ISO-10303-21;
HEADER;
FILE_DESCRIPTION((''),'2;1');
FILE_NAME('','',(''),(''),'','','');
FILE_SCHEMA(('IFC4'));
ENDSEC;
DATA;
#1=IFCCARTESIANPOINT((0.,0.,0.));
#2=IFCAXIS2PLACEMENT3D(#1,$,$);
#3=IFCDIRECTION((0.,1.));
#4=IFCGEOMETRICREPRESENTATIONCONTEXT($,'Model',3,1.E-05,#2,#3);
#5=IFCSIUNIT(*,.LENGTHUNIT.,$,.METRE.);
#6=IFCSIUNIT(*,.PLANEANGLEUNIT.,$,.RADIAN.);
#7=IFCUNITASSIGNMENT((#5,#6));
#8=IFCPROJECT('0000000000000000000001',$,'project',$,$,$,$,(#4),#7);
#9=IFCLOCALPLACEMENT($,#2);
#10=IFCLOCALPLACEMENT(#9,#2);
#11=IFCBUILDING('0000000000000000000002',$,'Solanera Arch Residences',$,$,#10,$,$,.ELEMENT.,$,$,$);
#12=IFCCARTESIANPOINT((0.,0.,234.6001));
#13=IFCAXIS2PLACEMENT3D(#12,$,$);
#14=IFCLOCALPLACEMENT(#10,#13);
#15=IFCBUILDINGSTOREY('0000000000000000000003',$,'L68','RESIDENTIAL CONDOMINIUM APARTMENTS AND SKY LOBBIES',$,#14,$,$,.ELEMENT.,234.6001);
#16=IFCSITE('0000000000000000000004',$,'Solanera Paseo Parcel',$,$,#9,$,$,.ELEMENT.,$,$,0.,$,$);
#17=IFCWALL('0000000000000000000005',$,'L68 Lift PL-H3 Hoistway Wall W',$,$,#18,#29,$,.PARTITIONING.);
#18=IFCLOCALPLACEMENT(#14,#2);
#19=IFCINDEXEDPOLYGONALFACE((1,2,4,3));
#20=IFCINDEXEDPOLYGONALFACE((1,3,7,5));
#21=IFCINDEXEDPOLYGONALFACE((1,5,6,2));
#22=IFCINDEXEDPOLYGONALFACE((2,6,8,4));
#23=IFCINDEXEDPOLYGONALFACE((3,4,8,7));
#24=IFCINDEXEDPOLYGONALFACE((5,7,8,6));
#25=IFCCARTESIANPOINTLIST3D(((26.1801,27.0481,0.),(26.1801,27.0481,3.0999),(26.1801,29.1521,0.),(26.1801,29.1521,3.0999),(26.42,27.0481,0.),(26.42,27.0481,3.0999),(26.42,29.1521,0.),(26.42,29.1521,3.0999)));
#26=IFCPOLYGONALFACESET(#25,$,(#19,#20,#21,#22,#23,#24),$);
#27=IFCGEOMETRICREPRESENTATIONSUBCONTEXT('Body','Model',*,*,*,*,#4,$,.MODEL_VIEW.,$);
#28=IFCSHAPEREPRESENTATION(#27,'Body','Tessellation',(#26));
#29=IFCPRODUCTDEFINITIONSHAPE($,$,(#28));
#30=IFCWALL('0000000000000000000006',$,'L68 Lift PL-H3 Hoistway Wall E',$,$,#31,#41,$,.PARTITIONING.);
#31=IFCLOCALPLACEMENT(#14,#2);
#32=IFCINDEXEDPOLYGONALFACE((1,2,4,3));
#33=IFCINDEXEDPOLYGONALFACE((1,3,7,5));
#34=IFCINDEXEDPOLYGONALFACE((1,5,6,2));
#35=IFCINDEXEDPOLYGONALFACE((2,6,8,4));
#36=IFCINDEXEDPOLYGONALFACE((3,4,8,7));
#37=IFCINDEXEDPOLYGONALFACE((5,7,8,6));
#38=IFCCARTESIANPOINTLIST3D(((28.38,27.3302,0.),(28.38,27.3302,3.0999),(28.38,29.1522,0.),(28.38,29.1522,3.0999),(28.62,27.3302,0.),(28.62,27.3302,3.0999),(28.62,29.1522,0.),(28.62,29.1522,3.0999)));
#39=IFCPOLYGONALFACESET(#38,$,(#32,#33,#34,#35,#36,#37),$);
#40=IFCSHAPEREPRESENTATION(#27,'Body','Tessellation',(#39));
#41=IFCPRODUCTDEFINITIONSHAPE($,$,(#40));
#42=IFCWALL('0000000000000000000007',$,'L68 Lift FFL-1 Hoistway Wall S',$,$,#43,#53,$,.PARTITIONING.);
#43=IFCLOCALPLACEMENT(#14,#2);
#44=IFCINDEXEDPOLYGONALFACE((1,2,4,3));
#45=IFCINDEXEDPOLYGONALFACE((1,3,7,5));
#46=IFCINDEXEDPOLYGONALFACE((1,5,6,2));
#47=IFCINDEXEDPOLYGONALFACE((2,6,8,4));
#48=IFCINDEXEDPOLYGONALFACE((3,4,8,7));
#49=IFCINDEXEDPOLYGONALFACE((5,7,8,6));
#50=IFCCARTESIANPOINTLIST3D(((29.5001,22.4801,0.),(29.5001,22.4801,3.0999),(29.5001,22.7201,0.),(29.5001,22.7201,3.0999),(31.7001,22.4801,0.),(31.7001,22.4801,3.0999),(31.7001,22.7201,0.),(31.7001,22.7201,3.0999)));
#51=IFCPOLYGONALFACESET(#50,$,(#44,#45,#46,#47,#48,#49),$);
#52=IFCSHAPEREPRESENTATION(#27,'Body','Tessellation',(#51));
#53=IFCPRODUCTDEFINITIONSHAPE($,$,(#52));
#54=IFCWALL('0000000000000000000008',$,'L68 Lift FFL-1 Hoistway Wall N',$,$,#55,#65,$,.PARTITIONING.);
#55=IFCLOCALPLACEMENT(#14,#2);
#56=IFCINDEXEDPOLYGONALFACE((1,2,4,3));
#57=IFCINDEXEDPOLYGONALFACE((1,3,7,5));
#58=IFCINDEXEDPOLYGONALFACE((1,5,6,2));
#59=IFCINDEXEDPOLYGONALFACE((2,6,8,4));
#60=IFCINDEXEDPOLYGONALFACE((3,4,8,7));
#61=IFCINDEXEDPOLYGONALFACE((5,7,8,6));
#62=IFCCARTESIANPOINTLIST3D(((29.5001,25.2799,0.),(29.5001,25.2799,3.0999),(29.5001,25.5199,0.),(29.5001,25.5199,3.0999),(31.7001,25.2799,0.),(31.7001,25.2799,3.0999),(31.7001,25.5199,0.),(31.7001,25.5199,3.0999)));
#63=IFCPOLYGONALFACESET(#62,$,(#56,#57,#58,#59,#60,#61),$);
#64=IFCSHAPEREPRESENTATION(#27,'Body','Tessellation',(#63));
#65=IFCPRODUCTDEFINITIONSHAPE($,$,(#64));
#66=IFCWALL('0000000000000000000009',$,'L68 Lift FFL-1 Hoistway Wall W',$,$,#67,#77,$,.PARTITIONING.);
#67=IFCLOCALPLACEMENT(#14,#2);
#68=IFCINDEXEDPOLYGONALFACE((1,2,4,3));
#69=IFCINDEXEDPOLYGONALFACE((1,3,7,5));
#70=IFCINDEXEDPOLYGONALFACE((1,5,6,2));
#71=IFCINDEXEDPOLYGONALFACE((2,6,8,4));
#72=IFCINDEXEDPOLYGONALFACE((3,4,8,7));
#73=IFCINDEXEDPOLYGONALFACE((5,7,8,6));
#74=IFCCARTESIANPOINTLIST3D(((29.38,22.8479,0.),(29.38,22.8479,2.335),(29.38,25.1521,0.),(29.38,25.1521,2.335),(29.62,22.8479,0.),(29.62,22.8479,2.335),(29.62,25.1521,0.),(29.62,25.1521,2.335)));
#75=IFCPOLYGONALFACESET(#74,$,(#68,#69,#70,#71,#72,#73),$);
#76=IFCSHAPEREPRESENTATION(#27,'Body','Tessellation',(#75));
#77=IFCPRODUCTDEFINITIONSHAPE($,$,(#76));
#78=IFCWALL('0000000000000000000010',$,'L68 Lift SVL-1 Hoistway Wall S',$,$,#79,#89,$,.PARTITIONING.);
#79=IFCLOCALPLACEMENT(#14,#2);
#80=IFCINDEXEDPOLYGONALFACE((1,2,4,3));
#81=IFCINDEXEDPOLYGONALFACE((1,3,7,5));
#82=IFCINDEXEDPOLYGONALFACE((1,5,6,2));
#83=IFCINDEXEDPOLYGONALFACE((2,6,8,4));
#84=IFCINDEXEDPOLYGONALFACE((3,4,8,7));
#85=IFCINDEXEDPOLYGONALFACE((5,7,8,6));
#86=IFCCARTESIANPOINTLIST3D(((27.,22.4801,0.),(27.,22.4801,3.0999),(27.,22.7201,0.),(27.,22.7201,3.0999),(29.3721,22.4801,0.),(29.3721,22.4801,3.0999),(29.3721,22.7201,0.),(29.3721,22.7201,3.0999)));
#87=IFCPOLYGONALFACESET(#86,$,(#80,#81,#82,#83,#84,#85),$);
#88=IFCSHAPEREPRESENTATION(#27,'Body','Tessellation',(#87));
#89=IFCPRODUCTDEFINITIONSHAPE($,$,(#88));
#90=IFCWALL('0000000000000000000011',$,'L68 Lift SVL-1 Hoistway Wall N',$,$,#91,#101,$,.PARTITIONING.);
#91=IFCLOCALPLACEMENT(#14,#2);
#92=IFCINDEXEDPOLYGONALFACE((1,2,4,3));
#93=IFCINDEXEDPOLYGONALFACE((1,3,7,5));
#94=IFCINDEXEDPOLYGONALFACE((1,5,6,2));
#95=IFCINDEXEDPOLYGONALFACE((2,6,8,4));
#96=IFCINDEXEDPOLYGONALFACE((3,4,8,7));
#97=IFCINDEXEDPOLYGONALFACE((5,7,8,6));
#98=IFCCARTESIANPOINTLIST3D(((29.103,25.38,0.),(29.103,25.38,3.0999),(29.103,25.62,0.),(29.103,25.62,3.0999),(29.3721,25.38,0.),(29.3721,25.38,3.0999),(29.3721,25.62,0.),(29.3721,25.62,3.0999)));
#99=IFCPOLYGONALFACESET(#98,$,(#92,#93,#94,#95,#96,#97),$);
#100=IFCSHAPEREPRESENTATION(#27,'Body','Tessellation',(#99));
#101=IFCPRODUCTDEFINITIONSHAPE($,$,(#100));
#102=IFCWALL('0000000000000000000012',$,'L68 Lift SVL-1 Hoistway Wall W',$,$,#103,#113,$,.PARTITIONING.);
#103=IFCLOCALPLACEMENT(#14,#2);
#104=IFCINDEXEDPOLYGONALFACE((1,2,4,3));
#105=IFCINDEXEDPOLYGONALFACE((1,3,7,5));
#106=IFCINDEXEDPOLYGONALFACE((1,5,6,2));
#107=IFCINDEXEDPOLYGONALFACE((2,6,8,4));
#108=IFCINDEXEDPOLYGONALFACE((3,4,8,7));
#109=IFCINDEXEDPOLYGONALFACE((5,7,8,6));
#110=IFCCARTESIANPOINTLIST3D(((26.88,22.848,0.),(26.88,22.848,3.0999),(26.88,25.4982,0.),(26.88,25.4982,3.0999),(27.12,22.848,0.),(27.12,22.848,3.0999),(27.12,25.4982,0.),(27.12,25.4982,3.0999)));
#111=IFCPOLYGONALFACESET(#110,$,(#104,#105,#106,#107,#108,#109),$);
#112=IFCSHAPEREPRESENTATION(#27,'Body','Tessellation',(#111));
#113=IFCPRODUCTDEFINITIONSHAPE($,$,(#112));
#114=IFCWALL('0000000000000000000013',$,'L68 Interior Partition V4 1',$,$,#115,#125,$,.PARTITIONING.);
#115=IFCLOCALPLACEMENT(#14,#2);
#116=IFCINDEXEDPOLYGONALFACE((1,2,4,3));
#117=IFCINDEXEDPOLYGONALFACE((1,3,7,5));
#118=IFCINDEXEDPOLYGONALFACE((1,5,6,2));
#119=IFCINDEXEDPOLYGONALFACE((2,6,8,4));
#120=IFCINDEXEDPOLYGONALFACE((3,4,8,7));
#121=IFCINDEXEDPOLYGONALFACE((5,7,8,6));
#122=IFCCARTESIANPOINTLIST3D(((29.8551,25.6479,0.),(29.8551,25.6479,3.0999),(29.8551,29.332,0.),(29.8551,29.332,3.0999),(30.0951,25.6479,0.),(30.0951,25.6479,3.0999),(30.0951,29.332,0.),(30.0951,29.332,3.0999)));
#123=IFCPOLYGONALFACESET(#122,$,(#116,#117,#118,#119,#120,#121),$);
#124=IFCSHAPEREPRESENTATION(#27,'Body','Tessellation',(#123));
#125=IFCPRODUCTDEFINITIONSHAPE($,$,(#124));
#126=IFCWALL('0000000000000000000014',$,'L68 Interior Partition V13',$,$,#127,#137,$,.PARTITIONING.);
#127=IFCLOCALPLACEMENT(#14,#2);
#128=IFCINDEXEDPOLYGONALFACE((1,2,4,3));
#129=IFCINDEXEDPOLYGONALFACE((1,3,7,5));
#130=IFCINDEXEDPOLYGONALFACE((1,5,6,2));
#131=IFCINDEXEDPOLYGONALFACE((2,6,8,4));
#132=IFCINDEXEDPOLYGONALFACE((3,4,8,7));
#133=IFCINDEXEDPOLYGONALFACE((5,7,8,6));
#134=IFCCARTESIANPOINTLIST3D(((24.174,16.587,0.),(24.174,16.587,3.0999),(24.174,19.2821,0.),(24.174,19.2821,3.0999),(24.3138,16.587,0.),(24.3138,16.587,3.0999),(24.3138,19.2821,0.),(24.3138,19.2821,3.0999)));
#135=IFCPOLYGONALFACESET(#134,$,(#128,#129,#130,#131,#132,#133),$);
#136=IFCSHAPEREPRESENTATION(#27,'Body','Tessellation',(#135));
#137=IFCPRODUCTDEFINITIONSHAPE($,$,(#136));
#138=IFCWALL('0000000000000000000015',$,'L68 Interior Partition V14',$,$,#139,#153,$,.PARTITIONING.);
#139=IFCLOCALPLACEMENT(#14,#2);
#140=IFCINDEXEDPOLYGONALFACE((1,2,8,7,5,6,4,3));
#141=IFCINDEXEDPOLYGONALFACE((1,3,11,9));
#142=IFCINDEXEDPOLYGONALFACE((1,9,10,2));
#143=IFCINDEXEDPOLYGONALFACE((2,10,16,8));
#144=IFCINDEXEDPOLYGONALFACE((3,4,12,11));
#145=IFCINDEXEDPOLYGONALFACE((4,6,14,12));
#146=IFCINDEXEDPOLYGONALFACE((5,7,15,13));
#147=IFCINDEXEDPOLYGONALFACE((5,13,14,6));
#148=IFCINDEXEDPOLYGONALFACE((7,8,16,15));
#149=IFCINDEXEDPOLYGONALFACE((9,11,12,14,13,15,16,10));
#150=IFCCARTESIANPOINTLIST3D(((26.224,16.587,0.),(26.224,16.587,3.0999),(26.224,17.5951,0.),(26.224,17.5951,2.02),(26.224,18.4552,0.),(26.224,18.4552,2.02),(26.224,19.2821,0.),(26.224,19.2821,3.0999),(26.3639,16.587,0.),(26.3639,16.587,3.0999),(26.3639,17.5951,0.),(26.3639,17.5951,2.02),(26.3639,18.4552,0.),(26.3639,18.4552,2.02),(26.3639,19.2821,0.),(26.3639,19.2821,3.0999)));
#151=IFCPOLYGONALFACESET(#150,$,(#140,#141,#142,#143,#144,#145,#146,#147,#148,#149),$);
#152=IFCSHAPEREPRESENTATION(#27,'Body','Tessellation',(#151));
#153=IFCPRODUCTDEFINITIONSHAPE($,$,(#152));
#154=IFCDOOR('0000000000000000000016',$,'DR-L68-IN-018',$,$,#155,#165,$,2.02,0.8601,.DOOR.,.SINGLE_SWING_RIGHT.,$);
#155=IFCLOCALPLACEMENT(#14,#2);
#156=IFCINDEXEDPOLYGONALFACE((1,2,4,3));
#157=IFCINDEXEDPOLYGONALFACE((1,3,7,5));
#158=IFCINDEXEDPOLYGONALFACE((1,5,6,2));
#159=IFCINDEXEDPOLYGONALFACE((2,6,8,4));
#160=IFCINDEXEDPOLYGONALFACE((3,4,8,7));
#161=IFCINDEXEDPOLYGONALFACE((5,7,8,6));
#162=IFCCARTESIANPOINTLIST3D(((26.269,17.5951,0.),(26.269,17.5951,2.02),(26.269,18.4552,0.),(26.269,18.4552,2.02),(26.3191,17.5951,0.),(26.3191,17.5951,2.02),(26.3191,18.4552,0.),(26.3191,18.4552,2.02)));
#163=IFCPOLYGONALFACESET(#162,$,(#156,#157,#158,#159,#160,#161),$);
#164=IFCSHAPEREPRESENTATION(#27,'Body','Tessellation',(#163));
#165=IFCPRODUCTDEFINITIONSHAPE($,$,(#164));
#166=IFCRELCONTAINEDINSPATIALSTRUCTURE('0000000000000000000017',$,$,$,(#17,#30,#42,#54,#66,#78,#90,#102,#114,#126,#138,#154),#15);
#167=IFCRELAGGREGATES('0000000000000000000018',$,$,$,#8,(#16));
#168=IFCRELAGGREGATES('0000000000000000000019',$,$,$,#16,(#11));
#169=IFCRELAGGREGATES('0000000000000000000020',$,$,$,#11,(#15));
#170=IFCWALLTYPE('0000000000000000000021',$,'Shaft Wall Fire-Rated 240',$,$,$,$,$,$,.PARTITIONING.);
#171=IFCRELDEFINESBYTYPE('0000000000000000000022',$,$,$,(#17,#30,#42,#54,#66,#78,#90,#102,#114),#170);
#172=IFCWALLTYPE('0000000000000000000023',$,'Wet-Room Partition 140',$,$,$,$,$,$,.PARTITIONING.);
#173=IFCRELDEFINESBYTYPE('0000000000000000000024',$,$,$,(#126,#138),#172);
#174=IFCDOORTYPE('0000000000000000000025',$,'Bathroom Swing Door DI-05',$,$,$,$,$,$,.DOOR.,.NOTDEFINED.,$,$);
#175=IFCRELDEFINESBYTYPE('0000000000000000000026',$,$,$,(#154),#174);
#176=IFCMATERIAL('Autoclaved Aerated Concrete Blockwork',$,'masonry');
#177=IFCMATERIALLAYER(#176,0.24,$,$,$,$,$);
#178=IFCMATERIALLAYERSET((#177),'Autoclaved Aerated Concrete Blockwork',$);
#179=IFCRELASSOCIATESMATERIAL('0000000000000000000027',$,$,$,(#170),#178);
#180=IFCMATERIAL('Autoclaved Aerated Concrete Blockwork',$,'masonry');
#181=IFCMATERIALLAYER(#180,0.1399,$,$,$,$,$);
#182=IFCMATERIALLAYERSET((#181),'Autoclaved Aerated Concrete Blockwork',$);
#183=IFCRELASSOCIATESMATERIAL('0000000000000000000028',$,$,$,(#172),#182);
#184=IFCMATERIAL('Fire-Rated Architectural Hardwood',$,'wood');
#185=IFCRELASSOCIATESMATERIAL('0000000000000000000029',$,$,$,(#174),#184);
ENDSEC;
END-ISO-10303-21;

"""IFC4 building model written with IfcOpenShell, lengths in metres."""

from ifc_helpers import new_model, si_unit, direction, frame, frame_2d, origin, place, context, subcontext, project, spatial, rectangle, extrude, material, layer, layer_set, type_object, element, fill, save


model = new_model("IFC4")

# Units and contexts
model_context = context("Model", 3, precision=1e-05, world=origin(), true_north=direction((0.0, 1.0)))
body_context = subcontext(model_context, "Body", "Model", "MODEL_VIEW")
ifc_project = project(units=[si_unit("LENGTHUNIT", "METRE"), si_unit("PLANEANGLEUNIT", "RADIAN")], contexts=[model_context])

# Site, building, storey
site_placement = place(None, origin())
site = spatial("IfcSite", under=ifc_project, at=site_placement, Name="Solanera Paseo Parcel", CompositionType="ELEMENT", RefElevation=0.0)
building_placement = place(site_placement, origin())
building = spatial("IfcBuilding", under=site, at=building_placement, Name="Solanera Arch Residences", CompositionType="ELEMENT")
storey_placement = place(building_placement, frame((0.0, 0.0, 234.6001)))
storey = spatial("IfcBuildingStorey", under=building, at=storey_placement, Name="L68", Description="RESIDENTIAL CONDOMINIUM APARTMENTS AND SKY LOBBIES", CompositionType="ELEMENT", Elevation=234.6001)

# Walls
ifc_material_1 = material(Name="Autoclaved Aerated Concrete Blockwork", Category="masonry")
ifc_layer_1 = layer(ifc_material_1, 0.24)
ifc_layer_set_1 = layer_set([ifc_layer_1], Name="Autoclaved Aerated Concrete Blockwork")
wall_type_1 = type_object("IfcWallType", Name="Shaft Wall Fire-Rated 240", PredefinedType="PARTITIONING", material=ifc_layer_set_1)
wall_1_placement = place(storey_placement, frame((26.3, 27.0481, 0.0), z_axis=(0.0, 0.0, 1.0), x_axis=(0.0, 1.0, 0.0)))
element("IfcWall", 1, at=wall_1_placement, inside=storey, type_object=wall_type_1, Name="L68 Lift PL-H3 Hoistway Wall W", PredefinedType="PARTITIONING", context=body_context, shape_type="SweptSolid", body=[
    extrude(rectangle(XDim=2.104, YDim=0.24, at=frame_2d((1.052, 0.0))), origin(), (0.0, 0.0, 1.0), 3.0999),
])
wall_2_placement = place(storey_placement, frame((28.5, 27.3301, 0.0), z_axis=(0.0, 0.0, 1.0), x_axis=(0.0, 1.0, 0.0)))
element("IfcWall", 2, at=wall_2_placement, inside=storey, type_object=wall_type_1, Name="L68 Lift PL-H3 Hoistway Wall E", PredefinedType="PARTITIONING", context=body_context, shape_type="SweptSolid", body=[
    extrude(rectangle(XDim=1.822, YDim=0.24, at=frame_2d((0.9111, 0.0))), origin(), (0.0, 0.0, 1.0), 3.0999),
])
for number, where, z_axis, x_axis, name in (
    (3, (29.5, 22.6001, 0.0), (0.0, 0.0, 1.0), (1.0, 0.0, 0.0), "L68 Lift FFL-1 Hoistway Wall S"),
    (4, (29.5, 25.3999, 0.0), (0.0, 0.0, 1.0), (1.0, 0.0, 0.0), "L68 Lift FFL-1 Hoistway Wall N"),
):
    element("IfcWall", number, at=place(storey_placement, frame(where, z_axis=z_axis, x_axis=x_axis)), inside=storey, type_object=wall_type_1, Name=name, PredefinedType="PARTITIONING", context=body_context, shape_type="SweptSolid", body=[
        extrude(rectangle(XDim=2.2, YDim=0.24, at=frame_2d((1.1001, 0.0))), origin(), (0.0, 0.0, 1.0), 3.0999),
    ])
wall_3_placement = place(storey_placement, frame((29.5, 22.8479, 0.0), z_axis=(0.0, 0.0, 1.0), x_axis=(0.0, 1.0, 0.0)))
element("IfcWall", 5, at=wall_3_placement, inside=storey, type_object=wall_type_1, Name="L68 Lift FFL-1 Hoistway Wall W", PredefinedType="PARTITIONING", context=body_context, shape_type="SweptSolid", body=[
    extrude(rectangle(XDim=2.3042, YDim=0.24, at=frame_2d((1.1521, 0.0))), origin(), (0.0, 0.0, 1.0), 2.335),
])
wall_4_placement = place(storey_placement, frame((27.0, 22.6001, 0.0), z_axis=(0.0, 0.0, 1.0), x_axis=(1.0, 0.0, 0.0)))
element("IfcWall", 6, at=wall_4_placement, inside=storey, type_object=wall_type_1, Name="L68 Lift SVL-1 Hoistway Wall S", PredefinedType="PARTITIONING", context=body_context, shape_type="SweptSolid", body=[
    extrude(rectangle(XDim=2.3721, YDim=0.24, at=frame_2d((1.186, 0.0))), origin(), (0.0, 0.0, 1.0), 3.0999),
])
wall_5_placement = place(storey_placement, frame((29.103, 25.5, 0.0), z_axis=(0.0, 0.0, 1.0), x_axis=(1.0, 0.0, 0.0)))
element("IfcWall", 7, at=wall_5_placement, inside=storey, type_object=wall_type_1, Name="L68 Lift SVL-1 Hoistway Wall N", PredefinedType="PARTITIONING", context=body_context, shape_type="SweptSolid", body=[
    extrude(rectangle(XDim=0.269, YDim=0.24, at=frame_2d((0.1345, 0.0))), origin(), (0.0, 0.0, 1.0), 3.0999),
])
wall_6_placement = place(storey_placement, frame((27.0, 22.8479, 0.0), z_axis=(0.0, 0.0, 1.0), x_axis=(0.0, 1.0, 0.0)))
element("IfcWall", 8, at=wall_6_placement, inside=storey, type_object=wall_type_1, Name="L68 Lift SVL-1 Hoistway Wall W", PredefinedType="PARTITIONING", context=body_context, shape_type="SweptSolid", body=[
    extrude(rectangle(XDim=2.6501, YDim=0.24, at=frame_2d((1.3252, 0.0))), origin(), (0.0, 0.0, 1.0), 3.0999),
])
wall_7_placement = place(storey_placement, frame((29.9751, 25.6479, 0.0), z_axis=(0.0, 0.0, 1.0), x_axis=(0.0, 1.0, 0.0)))
element("IfcWall", 9, at=wall_7_placement, inside=storey, type_object=wall_type_1, Name="L68 Interior Partition V4 1", PredefinedType="PARTITIONING", context=body_context, shape_type="SweptSolid", body=[
    extrude(rectangle(XDim=3.6841, YDim=0.24, at=frame_2d((1.842, 0.0))), origin(), (0.0, 0.0, 1.0), 3.0999),
])
ifc_material_2 = material(Name="Autoclaved Aerated Concrete Blockwork", Category="masonry")
ifc_layer_2 = layer(ifc_material_2, 0.1399)
ifc_layer_set_2 = layer_set([ifc_layer_2], Name="Autoclaved Aerated Concrete Blockwork")
wall_type_2 = type_object("IfcWallType", Name="Wet-Room Partition 140", PredefinedType="PARTITIONING", material=ifc_layer_set_2)
wall_8_placement = place(storey_placement, frame((24.2439, 16.5869, 0.0), z_axis=(0.0, 0.0, 1.0), x_axis=(0.0, 1.0, 0.0)))
element("IfcWall", 10, at=wall_8_placement, inside=storey, type_object=wall_type_2, Name="L68 Interior Partition V13", PredefinedType="PARTITIONING", context=body_context, shape_type="SweptSolid", body=[
    extrude(rectangle(XDim=2.6951, YDim=0.1399, at=frame_2d((1.3477, 0.0))), origin(), (0.0, 0.0, 1.0), 3.0999),
])

# Wall, opening, door
wall_9_placement = place(storey_placement, frame((26.2939, 16.5869, 0.0), z_axis=(0.0, 0.0, 1.0), x_axis=(0.0, 1.0, 0.0)))
wall_9 = element("IfcWall", 11, at=wall_9_placement, inside=storey, type_object=wall_type_2, Name="L68 Interior Partition V14", PredefinedType="PARTITIONING", context=body_context, shape_type="SweptSolid", body=[
    extrude(rectangle(XDim=2.6951, YDim=0.1399, at=frame_2d((1.3477, 0.0))), origin(), (0.0, 0.0, 1.0), 3.0999),
])
opening_placement = place(wall_9_placement, frame((1.0081, 0.0, 0.0)))
opening = element("IfcOpeningElement", 12, at=opening_placement, cuts=wall_9, PredefinedType="OPENING", context=body_context, shape_type="SweptSolid", body=[
    extrude(rectangle(XDim=0.8601, YDim=2.02, at=frame_2d((0.4302, 1.01))), frame((0.0, 0.0798, 0.0), z_axis=(0.0, -1.0, 0.0), x_axis=(1.0, 0.0, 0.0)), (0.0, 0.0, 1.0), 0.1599),
])
ifc_material_3 = material(Name="Fire-Rated Architectural Hardwood", Category="wood")
door_type = type_object("IfcDoorType", Name="Bathroom Swing Door DI-05", OperationType="NOTDEFINED", PredefinedType="DOOR", material=ifc_material_3)
door_placement = place(opening_placement, origin())
door = element("IfcDoor", 13, at=door_placement, inside=storey, type_object=door_type, Name="DR-L68-IN-018", OperationType="SINGLE_SWING_RIGHT", OverallHeight=2.02, OverallWidth=0.8601, PredefinedType="DOOR", context=body_context, shape_type="SweptSolid", body=[
    extrude(rectangle(XDim=0.8601, YDim=2.02, at=frame_2d((0.4302, 1.01))), frame((0.0, 0.0249, 0.0), z_axis=(0.0, -1.0, 0.0), x_axis=(1.0, 0.0, 0.0)), (0.0, 0.0, 1.0), 0.05),
])
fill(opening, door)

save(model, "model.ifc")
